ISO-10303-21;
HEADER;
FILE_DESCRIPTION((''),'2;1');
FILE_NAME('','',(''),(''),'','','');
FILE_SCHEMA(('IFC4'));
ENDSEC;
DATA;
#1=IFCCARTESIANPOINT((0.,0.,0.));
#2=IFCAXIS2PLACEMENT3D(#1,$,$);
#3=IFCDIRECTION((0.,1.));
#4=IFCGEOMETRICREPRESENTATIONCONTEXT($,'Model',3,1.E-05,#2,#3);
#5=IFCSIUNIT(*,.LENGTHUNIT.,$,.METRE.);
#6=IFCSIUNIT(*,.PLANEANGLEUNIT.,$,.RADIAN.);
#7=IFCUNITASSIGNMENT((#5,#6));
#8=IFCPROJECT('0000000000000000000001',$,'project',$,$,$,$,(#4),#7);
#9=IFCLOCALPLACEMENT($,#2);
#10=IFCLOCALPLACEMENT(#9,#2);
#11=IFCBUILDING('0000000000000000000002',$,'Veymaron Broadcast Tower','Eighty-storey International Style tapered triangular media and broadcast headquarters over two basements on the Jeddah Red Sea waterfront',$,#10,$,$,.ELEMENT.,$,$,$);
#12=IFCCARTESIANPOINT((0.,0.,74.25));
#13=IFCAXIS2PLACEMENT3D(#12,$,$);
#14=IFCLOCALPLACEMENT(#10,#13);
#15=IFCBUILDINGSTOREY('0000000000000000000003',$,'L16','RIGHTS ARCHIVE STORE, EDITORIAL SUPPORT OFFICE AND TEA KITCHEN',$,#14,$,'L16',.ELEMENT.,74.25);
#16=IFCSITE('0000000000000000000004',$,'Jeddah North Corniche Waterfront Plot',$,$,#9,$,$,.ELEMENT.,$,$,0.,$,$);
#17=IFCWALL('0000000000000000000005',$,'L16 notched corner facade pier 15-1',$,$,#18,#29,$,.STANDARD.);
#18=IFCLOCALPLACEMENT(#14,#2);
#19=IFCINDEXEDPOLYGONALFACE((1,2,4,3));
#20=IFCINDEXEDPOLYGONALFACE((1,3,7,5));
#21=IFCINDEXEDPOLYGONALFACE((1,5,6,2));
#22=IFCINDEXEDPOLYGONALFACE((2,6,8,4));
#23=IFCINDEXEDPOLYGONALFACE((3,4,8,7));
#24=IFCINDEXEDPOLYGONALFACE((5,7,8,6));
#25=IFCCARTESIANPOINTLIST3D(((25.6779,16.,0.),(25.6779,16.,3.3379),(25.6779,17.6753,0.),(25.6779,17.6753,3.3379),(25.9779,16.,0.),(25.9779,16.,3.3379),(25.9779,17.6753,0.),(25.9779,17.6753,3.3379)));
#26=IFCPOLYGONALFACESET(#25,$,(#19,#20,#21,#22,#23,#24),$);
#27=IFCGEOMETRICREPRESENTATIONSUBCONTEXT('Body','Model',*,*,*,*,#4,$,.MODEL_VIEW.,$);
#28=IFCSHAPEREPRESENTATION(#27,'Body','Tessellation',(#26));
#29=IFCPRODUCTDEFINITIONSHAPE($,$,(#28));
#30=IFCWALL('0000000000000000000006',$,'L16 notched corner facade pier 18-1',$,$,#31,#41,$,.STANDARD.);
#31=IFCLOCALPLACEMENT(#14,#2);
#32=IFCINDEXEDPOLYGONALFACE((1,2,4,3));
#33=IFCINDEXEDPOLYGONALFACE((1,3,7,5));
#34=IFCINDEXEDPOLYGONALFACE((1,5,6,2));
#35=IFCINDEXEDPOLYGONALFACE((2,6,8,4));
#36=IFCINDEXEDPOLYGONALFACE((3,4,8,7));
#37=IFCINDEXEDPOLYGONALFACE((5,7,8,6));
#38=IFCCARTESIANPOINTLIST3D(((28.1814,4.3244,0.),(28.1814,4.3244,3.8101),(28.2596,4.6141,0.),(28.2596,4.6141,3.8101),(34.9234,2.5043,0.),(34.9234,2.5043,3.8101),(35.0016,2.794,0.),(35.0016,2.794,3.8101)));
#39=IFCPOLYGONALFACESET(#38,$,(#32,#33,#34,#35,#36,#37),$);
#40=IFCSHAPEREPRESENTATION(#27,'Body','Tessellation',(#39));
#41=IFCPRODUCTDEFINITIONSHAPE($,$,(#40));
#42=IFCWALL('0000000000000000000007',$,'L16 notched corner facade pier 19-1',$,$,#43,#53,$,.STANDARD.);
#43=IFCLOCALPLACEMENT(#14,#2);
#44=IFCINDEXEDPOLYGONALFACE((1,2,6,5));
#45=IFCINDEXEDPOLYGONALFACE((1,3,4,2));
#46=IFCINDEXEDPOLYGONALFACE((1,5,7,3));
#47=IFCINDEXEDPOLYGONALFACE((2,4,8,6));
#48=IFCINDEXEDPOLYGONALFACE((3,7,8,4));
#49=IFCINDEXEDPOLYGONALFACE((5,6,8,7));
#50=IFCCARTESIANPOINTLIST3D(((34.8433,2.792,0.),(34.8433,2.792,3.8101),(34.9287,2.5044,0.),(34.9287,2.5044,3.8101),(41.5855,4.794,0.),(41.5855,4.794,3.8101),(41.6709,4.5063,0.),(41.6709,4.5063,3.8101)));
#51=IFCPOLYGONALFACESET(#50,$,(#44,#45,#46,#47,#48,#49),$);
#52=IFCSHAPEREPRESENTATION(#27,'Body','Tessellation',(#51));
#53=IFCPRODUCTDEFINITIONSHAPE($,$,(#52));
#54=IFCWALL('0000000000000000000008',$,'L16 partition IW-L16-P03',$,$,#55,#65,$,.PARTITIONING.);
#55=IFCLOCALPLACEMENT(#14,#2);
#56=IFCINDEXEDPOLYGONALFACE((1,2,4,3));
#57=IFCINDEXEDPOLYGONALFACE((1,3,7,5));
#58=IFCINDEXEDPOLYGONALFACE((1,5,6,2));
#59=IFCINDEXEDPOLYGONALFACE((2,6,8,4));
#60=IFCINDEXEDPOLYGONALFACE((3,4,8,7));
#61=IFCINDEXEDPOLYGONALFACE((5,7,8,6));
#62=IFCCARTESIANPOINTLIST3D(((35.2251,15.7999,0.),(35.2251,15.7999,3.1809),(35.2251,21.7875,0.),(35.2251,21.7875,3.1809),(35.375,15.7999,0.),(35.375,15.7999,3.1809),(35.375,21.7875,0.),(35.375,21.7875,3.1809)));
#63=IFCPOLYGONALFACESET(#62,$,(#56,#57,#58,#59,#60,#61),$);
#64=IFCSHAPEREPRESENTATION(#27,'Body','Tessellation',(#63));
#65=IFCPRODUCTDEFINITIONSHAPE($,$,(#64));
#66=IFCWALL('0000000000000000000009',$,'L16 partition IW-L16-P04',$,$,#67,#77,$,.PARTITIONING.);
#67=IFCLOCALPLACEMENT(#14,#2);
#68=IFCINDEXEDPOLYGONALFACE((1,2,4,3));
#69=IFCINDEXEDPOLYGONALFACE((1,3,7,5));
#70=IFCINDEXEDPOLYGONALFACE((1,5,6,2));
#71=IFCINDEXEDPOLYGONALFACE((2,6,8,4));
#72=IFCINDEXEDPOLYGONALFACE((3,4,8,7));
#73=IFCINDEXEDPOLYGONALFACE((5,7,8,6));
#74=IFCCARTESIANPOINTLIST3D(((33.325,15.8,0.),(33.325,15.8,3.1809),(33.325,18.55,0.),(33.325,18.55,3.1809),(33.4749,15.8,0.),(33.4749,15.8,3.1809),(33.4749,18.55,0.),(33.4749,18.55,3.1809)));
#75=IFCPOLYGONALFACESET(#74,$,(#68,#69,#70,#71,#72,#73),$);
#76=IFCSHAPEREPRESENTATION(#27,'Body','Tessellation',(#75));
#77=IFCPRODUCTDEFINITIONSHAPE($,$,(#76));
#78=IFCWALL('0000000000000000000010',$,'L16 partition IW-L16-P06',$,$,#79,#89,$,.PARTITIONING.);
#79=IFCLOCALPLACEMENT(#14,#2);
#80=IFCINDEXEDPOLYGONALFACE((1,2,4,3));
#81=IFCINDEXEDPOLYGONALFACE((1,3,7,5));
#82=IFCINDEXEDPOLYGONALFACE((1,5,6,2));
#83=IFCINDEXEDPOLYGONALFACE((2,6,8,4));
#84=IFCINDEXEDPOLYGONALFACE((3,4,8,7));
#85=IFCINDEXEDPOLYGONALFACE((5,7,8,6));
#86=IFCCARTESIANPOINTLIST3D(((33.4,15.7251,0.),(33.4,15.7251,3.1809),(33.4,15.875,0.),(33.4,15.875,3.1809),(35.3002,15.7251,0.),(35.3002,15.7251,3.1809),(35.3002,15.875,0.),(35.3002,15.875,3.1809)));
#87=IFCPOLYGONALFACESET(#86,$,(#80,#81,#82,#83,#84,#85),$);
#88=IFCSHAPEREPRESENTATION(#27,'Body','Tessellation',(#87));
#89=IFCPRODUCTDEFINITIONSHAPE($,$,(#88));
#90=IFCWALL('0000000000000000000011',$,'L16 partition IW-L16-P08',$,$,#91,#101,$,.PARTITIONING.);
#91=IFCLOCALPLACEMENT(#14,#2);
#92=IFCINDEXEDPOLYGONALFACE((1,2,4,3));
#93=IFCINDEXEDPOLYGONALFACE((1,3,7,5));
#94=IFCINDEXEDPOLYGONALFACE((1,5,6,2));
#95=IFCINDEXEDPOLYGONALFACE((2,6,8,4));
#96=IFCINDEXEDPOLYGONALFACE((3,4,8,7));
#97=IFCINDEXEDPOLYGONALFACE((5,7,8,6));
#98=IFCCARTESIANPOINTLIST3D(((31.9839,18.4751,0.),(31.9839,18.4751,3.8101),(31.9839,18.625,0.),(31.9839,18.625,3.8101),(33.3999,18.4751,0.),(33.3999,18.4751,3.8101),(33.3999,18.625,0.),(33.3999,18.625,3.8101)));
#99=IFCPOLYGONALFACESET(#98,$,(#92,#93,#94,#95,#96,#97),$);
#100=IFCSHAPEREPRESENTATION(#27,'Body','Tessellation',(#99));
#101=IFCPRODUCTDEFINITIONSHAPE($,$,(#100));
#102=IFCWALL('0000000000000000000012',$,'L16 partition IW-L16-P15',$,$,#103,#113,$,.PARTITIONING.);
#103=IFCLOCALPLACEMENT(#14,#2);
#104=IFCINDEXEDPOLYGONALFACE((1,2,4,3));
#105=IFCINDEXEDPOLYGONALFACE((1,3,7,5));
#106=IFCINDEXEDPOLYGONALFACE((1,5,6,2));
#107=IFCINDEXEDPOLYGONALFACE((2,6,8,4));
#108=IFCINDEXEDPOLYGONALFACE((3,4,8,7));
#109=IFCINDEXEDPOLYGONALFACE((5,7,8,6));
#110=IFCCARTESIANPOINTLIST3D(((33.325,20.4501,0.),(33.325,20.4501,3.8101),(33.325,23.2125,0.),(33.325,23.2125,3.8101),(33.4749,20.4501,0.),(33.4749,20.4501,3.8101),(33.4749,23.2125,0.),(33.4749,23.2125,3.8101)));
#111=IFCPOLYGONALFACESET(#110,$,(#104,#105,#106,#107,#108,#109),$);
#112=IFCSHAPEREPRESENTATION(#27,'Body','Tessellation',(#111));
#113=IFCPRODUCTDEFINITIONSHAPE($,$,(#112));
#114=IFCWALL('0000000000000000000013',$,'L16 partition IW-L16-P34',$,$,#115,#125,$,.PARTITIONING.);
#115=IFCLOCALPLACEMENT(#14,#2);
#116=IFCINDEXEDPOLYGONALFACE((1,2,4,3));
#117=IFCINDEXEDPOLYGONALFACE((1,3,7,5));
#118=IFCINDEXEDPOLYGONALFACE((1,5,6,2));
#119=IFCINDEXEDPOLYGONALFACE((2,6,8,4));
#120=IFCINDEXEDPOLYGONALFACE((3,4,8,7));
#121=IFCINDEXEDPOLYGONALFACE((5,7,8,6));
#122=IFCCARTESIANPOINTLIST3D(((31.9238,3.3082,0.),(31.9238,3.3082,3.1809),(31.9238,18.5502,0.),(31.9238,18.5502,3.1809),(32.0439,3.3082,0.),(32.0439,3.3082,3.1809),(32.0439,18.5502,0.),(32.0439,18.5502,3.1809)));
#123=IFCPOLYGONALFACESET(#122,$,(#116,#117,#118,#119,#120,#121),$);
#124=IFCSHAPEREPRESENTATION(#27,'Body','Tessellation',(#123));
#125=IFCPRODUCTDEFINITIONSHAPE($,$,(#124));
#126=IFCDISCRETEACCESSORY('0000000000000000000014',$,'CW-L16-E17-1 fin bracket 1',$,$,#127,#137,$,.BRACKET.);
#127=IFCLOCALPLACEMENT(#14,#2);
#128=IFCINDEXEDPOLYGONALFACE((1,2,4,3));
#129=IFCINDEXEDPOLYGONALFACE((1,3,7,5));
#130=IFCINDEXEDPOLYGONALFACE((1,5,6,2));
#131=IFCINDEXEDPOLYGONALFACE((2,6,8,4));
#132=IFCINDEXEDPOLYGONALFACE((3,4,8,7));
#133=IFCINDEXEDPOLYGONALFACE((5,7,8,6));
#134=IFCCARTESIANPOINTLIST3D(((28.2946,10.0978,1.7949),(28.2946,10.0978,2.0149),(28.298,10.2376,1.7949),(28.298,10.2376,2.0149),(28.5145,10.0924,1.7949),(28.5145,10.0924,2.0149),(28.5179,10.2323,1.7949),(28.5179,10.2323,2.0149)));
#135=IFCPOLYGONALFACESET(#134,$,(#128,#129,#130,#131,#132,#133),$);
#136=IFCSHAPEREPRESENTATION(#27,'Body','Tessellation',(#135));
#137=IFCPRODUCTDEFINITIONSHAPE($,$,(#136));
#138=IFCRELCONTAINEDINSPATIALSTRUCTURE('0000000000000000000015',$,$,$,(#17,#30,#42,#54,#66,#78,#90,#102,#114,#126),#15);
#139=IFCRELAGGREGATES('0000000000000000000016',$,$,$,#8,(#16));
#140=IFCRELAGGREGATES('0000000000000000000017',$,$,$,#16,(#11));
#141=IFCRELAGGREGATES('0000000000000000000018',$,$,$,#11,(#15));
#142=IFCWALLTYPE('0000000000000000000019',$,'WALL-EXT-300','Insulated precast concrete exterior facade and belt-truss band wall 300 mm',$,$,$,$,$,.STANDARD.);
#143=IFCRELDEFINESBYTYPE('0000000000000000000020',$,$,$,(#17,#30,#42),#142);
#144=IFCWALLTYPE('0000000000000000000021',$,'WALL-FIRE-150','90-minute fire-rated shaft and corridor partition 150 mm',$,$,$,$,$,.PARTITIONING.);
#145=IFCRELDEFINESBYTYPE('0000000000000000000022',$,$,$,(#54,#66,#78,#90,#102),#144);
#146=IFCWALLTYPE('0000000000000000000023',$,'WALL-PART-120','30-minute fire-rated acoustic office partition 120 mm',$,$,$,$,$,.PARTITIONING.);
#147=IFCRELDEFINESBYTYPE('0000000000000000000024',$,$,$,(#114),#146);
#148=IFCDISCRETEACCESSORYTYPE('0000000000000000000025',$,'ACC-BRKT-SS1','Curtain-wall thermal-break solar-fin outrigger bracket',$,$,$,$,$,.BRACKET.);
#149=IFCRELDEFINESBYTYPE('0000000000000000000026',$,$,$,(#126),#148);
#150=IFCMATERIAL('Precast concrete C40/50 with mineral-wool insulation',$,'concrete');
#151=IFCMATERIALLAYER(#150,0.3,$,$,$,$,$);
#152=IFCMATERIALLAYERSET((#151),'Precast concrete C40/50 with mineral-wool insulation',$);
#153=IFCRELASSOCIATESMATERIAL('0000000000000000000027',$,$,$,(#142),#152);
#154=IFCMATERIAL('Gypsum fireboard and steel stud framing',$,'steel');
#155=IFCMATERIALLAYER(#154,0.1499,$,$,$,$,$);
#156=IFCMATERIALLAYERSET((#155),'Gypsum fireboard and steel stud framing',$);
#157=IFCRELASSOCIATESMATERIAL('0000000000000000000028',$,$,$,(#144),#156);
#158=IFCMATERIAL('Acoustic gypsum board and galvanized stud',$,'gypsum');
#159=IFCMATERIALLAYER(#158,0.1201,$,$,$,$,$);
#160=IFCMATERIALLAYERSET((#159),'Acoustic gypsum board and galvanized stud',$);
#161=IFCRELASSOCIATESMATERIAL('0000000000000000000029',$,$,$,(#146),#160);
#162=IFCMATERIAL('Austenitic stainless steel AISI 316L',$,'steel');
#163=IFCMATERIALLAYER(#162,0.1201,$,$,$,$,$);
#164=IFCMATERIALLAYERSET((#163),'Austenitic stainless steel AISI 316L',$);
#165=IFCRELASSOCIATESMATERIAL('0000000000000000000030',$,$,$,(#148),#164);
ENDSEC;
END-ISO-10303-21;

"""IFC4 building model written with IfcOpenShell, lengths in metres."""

from ifc_helpers import new_model, si_unit, direction, frame, frame_2d, origin, origin_2d, place, context, subcontext, project, spatial, rectangle, extrude, material, layer, layer_set, type_object, element, save


model = new_model("IFC4")

# Units and contexts
model_context = context("Model", 3, precision=1e-05, world=origin(), true_north=direction((0.0, 1.0)))
body_context = subcontext(model_context, "Body", "Model", "MODEL_VIEW")
ifc_project = project(units=[si_unit("LENGTHUNIT", "METRE"), si_unit("PLANEANGLEUNIT", "RADIAN")], contexts=[model_context])

# Site, building, storey
site_placement = place(None, origin())
site = spatial("IfcSite", under=ifc_project, at=site_placement, Name="Jeddah North Corniche Waterfront Plot", CompositionType="ELEMENT", RefElevation=0.0)
building_placement = place(site_placement, origin())
building = spatial("IfcBuilding", under=site, at=building_placement, Name="Veymaron Broadcast Tower", Description="Eighty-storey International Style tapered triangular media and broadcast headquarters over two basements on the Jeddah Red Sea waterfront", CompositionType="ELEMENT")
storey_placement = place(building_placement, frame((0.0, 0.0, 74.25)))
storey = spatial("IfcBuildingStorey", under=building, at=storey_placement, Name="L16", Description="RIGHTS ARCHIVE STORE, EDITORIAL SUPPORT OFFICE AND TEA KITCHEN", LongName="L16", CompositionType="ELEMENT", Elevation=74.25)

# Walls
ifc_material_1 = material(Name="Precast concrete C40/50 with mineral-wool insulation", Category="concrete")
ifc_layer_1 = layer(ifc_material_1, 0.3)
ifc_layer_set_1 = layer_set([ifc_layer_1], Name="Precast concrete C40/50 with mineral-wool insulation")
wall_type_1 = type_object("IfcWallType", Name="WALL-EXT-300", Description="Insulated precast concrete exterior facade and belt-truss band wall 300 mm", PredefinedType="STANDARD", material=ifc_layer_set_1)
wall_1_placement = place(storey_placement, frame((25.8279, 17.6753, 0.0), z_axis=(0.0, 0.0, 1.0), x_axis=(0.0, -1.0, 0.0)))
element("IfcWall", 1, at=wall_1_placement, inside=storey, type_object=wall_type_1, Name="L16 notched corner facade pier 15-1", PredefinedType="STANDARD", context=body_context, shape_type="SweptSolid", body=[
    extrude(rectangle(XDim=1.6753, YDim=0.3, at=frame_2d((0.8376, 0.0))), origin(), (0.0, 0.0, 1.0), 3.3379),
])
wall_2_placement = place(storey_placement, frame((28.2205, 4.4692, 0.0), z_axis=(0.0, 0.0, 1.0), x_axis=(0.965438, -0.260632, 0.0)))
element("IfcWall", 2, at=wall_2_placement, inside=storey, type_object=wall_type_1, Name="L16 notched corner facade pier 18-1", PredefinedType="STANDARD", context=body_context, shape_type="SweptSolid", body=[
    extrude(rectangle(XDim=6.9834, YDim=0.3, at=frame_2d((3.4917, 0.0))), origin(), (0.0, 0.0, 1.0), 3.8101),
])
wall_3_placement = place(storey_placement, frame((34.886, 2.6482, 0.0), z_axis=(0.0, 0.0, 1.0), x_axis=(0.958633, 0.284646, 0.0)))
element("IfcWall", 3, at=wall_3_placement, inside=storey, type_object=wall_type_1, Name="L16 notched corner facade pier 19-1", PredefinedType="STANDARD", context=body_context, shape_type="SweptSolid", body=[
    extrude(rectangle(XDim=7.0332, YDim=0.3, at=frame_2d((3.5166, 0.0))), origin(), (0.0, 0.0, 1.0), 3.8101),
])
ifc_material_2 = material(Name="Gypsum fireboard and steel stud framing", Category="steel")
ifc_layer_2 = layer(ifc_material_2, 0.1499)
ifc_layer_set_2 = layer_set([ifc_layer_2], Name="Gypsum fireboard and steel stud framing")
wall_type_2 = type_object("IfcWallType", Name="WALL-FIRE-150", Description="90-minute fire-rated shaft and corridor partition 150 mm", PredefinedType="PARTITIONING", material=ifc_layer_set_2)
wall_4_placement = place(storey_placement, frame((35.3, 15.8, 0.0), z_axis=(0.0, 0.0, 1.0), x_axis=(0.0, 1.0, 0.0)))
element("IfcWall", 4, at=wall_4_placement, inside=storey, type_object=wall_type_2, Name="L16 partition IW-L16-P03", PredefinedType="PARTITIONING", context=body_context, shape_type="SweptSolid", body=[
    extrude(rectangle(XDim=5.9875, YDim=0.1499, at=frame_2d((2.9937, 0.0))), origin(), (0.0, 0.0, 1.0), 3.1809),
])
wall_5_placement = place(storey_placement, frame((33.3999, 15.8, 0.0), z_axis=(0.0, 0.0, 1.0), x_axis=(0.0, 1.0, 0.0)))
element("IfcWall", 5, at=wall_5_placement, inside=storey, type_object=wall_type_2, Name="L16 partition IW-L16-P04", PredefinedType="PARTITIONING", context=body_context, shape_type="SweptSolid", body=[
    extrude(rectangle(XDim=2.75, YDim=0.1499, at=frame_2d((1.375, 0.0))), origin(), (0.0, 0.0, 1.0), 3.1809),
])
wall_6_placement = place(storey_placement, frame((33.3999, 15.8, 0.0), z_axis=(0.0, 0.0, 1.0), x_axis=(1.0, 0.0, 0.0)))
element("IfcWall", 6, at=wall_6_placement, inside=storey, type_object=wall_type_2, Name="L16 partition IW-L16-P06", PredefinedType="PARTITIONING", context=body_context, shape_type="SweptSolid", body=[
    extrude(rectangle(XDim=1.9001, YDim=0.1499, at=frame_2d((0.9502, 0.0))), origin(), (0.0, 0.0, 1.0), 3.1809),
])
wall_7_placement = place(storey_placement, frame((31.9839, 18.55, 0.0), z_axis=(0.0, 0.0, 1.0), x_axis=(1.0, 0.0, 0.0)))
element("IfcWall", 7, at=wall_7_placement, inside=storey, type_object=wall_type_2, Name="L16 partition IW-L16-P08", PredefinedType="PARTITIONING", context=body_context, shape_type="SweptSolid", body=[
    extrude(rectangle(XDim=1.416, YDim=0.1499, at=frame_2d((0.708, 0.0))), origin(), (0.0, 0.0, 1.0), 3.8101),
])
wall_8_placement = place(storey_placement, frame((33.3999, 20.45, 0.0), z_axis=(0.0, 0.0, 1.0), x_axis=(0.0, 1.0, 0.0)))
element("IfcWall", 8, at=wall_8_placement, inside=storey, type_object=wall_type_2, Name="L16 partition IW-L16-P15", PredefinedType="PARTITIONING", context=body_context, shape_type="SweptSolid", body=[
    extrude(rectangle(XDim=2.7625, YDim=0.1499, at=frame_2d((1.3813, 0.0))), origin(), (0.0, 0.0, 1.0), 3.8101),
])
ifc_material_3 = material(Name="Acoustic gypsum board and galvanized stud", Category="gypsum")
ifc_layer_3 = layer(ifc_material_3, 0.1201)
ifc_layer_set_3 = layer_set([ifc_layer_3], Name="Acoustic gypsum board and galvanized stud")
wall_type_3 = type_object("IfcWallType", Name="WALL-PART-120", Description="30-minute fire-rated acoustic office partition 120 mm", PredefinedType="PARTITIONING", material=ifc_layer_set_3)
wall_9_placement = place(storey_placement, frame((31.9839, 3.3081, 0.0), z_axis=(0.0, 0.0, 1.0), x_axis=(0.0, 1.0, 0.0)))
element("IfcWall", 9, at=wall_9_placement, inside=storey, type_object=wall_type_3, Name="L16 partition IW-L16-P34", PredefinedType="PARTITIONING", context=body_context, shape_type="SweptSolid", body=[
    extrude(rectangle(XDim=15.2419, YDim=0.1201, at=frame_2d((7.6211, 0.0))), origin(), (0.0, 0.0, 1.0), 3.1809),
])

# Discrete accessory
ifc_material_4 = material(Name="Austenitic stainless steel AISI 316L", Category="steel")
ifc_layer_4 = layer(ifc_material_4, 0.1201)
ifc_layer_set_4 = layer_set([ifc_layer_4], Name="Austenitic stainless steel AISI 316L")
discrete_accessory_type = type_object("IfcDiscreteAccessoryType", Name="ACC-BRKT-SS1", Description="Curtain-wall thermal-break solar-fin outrigger bracket", PredefinedType="BRACKET", material=ifc_layer_set_4)
discrete_accessory_placement = place(storey_placement, frame((28.4062, 10.165, 1.7949), z_axis=(0.0, 0.0, 1.0), x_axis=(-0.999703, 0.02438, 0.0)))
element("IfcDiscreteAccessory", 10, at=discrete_accessory_placement, inside=storey, type_object=discrete_accessory_type, Name="CW-L16-E17-1 fin bracket 1", PredefinedType="BRACKET", context=body_context, shape_type="SweptSolid", body=[
    extrude(rectangle(XDim=0.22, YDim=0.1399, at=origin_2d()), origin(), (0.0, 0.0, 1.0), 0.22),
])

save(model, "model.ifc")
